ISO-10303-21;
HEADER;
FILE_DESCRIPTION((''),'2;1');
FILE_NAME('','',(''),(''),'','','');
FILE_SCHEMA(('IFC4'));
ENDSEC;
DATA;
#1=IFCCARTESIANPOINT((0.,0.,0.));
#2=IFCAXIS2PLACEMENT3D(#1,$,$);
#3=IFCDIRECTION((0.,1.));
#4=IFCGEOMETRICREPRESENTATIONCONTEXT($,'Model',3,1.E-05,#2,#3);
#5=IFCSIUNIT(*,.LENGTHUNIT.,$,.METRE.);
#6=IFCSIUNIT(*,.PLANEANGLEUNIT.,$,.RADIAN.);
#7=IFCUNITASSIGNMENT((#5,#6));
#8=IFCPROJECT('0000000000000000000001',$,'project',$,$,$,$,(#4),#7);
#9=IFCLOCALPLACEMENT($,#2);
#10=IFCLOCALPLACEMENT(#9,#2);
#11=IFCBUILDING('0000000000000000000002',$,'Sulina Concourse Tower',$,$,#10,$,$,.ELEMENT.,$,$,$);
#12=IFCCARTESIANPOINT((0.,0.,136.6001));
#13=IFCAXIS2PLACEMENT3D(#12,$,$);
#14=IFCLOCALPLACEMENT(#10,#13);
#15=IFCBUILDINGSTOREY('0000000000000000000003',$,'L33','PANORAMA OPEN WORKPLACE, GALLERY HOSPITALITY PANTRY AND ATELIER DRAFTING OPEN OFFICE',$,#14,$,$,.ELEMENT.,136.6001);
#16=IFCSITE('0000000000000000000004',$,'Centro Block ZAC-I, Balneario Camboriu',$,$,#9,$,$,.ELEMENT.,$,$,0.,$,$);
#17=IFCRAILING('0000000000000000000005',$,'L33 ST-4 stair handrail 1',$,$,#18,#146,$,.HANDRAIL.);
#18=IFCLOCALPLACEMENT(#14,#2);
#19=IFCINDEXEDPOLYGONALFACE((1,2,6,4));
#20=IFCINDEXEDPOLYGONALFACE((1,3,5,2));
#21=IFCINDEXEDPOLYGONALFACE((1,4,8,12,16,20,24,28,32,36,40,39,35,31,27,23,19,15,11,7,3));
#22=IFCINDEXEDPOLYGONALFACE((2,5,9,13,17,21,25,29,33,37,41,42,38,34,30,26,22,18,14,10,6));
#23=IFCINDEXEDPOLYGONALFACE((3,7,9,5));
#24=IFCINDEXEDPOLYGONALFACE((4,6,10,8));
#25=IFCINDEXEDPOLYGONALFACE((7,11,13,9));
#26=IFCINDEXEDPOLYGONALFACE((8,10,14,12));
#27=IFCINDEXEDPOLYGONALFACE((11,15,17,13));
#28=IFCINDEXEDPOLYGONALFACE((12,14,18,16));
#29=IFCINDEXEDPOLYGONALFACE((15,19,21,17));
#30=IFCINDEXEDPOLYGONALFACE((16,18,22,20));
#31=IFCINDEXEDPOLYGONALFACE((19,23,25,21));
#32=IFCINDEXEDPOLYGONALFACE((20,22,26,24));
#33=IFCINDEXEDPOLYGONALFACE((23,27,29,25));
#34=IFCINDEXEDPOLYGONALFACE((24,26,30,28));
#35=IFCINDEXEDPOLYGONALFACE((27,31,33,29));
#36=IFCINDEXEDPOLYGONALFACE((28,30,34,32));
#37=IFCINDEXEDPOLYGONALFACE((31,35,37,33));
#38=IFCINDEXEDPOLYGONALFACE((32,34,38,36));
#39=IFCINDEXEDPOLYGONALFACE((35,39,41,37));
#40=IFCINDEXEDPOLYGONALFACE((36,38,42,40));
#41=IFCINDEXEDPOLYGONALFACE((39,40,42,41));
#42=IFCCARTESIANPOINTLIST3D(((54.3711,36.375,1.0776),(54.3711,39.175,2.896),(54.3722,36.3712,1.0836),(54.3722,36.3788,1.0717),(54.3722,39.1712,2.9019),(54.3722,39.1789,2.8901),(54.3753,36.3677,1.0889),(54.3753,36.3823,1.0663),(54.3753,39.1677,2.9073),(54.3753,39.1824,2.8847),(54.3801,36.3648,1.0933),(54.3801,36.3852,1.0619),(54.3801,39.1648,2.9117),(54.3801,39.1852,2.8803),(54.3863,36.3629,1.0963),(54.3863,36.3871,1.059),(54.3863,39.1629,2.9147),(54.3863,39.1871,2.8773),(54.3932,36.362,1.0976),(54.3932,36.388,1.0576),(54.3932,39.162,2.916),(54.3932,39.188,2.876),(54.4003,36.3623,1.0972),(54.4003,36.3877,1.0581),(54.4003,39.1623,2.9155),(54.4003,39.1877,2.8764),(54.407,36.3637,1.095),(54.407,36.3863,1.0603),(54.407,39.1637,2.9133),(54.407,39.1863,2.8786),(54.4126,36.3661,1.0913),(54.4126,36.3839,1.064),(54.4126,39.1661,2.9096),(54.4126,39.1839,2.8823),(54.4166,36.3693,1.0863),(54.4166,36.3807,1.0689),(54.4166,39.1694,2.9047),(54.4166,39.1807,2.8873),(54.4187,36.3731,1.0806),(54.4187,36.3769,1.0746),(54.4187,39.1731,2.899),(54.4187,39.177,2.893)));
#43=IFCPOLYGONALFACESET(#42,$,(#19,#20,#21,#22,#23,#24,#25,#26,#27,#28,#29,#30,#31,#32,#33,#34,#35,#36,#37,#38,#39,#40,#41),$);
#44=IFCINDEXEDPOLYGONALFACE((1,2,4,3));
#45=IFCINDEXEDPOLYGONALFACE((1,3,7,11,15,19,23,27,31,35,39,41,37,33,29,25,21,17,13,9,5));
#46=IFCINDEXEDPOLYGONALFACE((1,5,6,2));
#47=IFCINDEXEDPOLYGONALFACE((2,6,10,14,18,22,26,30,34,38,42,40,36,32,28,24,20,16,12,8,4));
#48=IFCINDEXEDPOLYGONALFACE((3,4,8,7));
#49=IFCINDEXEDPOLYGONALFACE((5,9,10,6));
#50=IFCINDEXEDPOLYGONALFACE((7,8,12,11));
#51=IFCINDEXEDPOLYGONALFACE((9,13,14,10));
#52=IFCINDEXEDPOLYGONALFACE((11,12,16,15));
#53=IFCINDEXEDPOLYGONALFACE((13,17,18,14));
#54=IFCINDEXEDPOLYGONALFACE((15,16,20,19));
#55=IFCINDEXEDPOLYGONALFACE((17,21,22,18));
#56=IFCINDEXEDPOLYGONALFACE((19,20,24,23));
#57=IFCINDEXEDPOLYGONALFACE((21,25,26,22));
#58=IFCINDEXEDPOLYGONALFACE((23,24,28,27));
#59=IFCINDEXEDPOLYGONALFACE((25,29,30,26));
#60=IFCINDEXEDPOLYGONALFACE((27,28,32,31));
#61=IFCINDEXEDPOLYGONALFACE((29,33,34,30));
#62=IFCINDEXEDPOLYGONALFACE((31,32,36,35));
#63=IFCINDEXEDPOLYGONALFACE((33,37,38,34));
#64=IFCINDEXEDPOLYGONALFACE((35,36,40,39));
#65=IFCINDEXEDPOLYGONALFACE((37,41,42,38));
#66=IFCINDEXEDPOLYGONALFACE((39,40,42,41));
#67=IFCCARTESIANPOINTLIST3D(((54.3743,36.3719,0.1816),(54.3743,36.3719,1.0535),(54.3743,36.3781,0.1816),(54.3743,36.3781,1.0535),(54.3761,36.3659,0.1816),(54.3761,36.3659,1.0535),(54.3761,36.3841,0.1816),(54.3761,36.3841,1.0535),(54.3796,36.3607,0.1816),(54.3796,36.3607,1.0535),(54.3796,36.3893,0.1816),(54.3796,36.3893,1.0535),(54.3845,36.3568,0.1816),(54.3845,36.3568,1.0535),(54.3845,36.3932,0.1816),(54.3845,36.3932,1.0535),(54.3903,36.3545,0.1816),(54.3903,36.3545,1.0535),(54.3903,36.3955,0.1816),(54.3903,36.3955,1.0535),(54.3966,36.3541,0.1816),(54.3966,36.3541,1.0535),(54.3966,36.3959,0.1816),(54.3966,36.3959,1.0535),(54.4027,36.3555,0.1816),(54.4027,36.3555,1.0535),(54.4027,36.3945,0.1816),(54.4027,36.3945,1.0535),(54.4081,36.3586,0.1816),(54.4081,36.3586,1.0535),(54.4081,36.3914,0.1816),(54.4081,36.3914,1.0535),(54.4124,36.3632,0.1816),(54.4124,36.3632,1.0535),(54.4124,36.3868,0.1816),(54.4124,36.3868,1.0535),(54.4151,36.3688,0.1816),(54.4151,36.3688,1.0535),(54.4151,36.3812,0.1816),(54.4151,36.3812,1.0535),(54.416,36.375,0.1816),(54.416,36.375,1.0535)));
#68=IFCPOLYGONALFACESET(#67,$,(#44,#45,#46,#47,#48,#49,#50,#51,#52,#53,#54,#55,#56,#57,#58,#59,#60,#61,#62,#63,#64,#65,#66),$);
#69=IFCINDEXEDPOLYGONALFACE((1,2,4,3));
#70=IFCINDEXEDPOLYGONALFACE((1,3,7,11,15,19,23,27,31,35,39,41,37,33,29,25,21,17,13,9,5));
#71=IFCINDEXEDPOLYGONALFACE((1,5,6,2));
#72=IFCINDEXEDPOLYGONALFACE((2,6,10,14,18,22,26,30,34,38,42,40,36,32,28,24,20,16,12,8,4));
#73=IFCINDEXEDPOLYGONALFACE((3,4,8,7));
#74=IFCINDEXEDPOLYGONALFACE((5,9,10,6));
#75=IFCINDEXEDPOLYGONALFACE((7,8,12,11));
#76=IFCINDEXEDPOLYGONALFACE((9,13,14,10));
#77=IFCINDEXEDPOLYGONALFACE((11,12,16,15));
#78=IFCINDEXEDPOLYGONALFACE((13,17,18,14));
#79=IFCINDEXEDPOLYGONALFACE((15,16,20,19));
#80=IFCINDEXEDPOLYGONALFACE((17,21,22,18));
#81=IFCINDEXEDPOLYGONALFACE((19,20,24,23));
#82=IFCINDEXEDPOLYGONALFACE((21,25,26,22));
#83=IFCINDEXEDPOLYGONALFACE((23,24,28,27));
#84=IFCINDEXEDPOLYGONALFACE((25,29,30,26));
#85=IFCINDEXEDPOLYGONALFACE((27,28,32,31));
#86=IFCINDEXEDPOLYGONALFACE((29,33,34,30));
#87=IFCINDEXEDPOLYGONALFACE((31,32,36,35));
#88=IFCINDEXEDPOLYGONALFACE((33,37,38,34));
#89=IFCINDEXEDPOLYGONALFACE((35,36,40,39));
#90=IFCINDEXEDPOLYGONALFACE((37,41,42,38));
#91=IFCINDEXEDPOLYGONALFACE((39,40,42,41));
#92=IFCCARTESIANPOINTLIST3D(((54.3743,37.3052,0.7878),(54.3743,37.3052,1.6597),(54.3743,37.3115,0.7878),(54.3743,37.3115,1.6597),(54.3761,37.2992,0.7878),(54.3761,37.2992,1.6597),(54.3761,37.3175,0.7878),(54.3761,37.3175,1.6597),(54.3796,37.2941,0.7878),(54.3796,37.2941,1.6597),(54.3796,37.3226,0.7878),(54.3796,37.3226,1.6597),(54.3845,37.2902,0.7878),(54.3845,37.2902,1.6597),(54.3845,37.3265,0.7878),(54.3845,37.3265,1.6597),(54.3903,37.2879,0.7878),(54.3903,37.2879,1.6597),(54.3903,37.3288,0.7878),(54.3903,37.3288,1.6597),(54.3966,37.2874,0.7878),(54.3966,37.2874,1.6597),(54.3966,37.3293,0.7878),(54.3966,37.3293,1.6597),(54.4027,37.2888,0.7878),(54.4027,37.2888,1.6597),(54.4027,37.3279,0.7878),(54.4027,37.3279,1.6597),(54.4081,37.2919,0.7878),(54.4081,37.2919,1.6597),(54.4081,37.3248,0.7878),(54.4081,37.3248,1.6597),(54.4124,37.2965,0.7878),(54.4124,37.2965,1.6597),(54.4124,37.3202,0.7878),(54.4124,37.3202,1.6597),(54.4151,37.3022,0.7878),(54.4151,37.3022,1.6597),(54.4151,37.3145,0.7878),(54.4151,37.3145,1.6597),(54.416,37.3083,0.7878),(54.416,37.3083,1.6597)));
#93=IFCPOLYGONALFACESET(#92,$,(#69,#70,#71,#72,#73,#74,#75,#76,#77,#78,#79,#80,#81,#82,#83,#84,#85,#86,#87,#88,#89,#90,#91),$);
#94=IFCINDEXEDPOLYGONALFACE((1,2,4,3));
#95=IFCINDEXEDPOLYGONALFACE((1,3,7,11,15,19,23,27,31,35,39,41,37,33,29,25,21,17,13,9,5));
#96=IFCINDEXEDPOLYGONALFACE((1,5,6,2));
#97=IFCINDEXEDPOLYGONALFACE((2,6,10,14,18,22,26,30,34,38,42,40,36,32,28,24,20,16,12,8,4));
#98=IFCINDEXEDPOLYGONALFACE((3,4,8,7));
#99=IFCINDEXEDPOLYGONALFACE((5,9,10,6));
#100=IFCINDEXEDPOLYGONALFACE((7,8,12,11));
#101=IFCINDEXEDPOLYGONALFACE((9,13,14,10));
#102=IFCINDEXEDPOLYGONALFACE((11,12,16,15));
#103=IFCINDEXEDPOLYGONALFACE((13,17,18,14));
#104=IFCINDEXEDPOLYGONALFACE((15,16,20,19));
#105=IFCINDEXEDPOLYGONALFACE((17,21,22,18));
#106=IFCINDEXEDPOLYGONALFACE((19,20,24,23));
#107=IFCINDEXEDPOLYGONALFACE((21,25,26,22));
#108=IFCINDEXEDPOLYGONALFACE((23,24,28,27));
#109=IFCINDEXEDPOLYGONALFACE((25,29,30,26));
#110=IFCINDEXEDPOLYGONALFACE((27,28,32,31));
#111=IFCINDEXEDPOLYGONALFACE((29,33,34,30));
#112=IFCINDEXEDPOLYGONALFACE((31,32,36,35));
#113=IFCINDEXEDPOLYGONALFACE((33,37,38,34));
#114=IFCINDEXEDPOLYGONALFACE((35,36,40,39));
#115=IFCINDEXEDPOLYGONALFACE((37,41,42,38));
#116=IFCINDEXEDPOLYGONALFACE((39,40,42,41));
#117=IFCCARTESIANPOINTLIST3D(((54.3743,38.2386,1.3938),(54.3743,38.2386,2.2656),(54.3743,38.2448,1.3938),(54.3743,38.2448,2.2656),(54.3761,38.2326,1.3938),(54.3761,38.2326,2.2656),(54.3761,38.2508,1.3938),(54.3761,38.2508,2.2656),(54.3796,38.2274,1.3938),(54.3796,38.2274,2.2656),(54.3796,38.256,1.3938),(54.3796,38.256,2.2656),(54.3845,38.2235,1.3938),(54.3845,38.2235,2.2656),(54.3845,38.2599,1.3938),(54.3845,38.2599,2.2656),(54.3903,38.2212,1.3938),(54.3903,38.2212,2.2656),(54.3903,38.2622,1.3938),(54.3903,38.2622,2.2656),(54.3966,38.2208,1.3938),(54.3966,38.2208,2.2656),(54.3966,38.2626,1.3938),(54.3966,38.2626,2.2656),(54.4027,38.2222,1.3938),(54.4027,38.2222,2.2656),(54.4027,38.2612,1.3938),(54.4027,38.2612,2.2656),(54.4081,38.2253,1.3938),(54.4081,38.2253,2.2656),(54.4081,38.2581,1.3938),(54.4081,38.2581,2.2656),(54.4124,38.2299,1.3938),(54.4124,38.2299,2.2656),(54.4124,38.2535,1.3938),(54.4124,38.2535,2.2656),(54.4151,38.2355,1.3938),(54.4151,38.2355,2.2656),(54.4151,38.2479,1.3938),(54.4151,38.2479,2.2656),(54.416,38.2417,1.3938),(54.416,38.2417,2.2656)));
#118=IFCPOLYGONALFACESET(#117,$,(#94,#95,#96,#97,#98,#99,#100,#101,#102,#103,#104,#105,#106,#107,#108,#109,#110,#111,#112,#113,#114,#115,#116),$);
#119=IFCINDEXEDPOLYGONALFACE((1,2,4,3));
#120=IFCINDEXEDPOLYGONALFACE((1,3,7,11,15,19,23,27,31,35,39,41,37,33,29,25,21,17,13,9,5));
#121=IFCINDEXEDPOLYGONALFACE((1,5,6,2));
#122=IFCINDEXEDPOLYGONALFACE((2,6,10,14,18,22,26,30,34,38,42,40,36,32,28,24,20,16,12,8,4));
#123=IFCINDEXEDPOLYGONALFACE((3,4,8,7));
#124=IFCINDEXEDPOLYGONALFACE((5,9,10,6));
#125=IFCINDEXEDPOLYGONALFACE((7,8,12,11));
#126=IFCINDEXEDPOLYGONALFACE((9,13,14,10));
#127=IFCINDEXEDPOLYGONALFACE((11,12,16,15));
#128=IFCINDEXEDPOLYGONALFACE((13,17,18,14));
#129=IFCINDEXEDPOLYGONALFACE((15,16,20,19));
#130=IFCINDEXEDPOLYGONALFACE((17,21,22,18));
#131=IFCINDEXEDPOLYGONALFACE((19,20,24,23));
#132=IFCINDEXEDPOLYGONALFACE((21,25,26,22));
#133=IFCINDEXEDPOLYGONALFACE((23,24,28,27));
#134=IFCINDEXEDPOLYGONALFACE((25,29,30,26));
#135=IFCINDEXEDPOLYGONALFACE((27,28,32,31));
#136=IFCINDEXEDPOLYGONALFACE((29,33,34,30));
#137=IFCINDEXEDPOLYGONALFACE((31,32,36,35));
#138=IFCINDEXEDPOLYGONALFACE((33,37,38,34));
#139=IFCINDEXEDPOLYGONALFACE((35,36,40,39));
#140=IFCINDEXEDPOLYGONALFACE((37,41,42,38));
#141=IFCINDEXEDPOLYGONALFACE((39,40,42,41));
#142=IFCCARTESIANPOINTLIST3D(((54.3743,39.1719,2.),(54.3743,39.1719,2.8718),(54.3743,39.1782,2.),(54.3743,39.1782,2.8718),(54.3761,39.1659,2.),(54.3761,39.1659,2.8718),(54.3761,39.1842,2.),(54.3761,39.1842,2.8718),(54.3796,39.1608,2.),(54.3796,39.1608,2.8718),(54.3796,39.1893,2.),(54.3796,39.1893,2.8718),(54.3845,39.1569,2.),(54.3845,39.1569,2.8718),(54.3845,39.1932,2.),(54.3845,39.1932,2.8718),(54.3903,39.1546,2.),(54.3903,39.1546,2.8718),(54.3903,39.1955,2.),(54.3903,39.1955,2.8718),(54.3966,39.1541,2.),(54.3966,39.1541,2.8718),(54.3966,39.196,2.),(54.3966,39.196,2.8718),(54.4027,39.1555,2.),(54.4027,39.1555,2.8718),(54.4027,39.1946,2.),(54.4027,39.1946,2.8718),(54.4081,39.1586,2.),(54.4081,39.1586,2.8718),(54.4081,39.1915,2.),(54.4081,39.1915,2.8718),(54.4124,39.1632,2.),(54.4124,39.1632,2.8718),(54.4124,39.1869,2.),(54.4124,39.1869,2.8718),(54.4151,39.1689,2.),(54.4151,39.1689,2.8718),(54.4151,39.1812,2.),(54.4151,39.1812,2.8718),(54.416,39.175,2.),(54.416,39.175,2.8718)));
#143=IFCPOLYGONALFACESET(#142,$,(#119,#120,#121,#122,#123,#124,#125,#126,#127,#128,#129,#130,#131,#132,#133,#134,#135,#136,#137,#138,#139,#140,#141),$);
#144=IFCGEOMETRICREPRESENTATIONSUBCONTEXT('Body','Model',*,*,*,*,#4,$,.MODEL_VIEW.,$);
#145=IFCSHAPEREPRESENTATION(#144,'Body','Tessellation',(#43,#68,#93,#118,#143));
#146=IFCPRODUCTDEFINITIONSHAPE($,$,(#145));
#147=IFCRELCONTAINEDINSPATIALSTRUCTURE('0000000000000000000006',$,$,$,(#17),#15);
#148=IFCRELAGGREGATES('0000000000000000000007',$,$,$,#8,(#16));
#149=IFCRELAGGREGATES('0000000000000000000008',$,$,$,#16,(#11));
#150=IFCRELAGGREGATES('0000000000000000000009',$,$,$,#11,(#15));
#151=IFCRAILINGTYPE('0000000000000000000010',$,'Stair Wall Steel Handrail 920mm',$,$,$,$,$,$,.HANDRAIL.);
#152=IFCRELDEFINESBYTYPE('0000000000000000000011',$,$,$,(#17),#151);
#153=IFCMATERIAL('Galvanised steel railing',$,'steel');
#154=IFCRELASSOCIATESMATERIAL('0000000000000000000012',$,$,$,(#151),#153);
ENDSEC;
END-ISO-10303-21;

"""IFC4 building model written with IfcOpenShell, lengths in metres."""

from ifc_helpers import new_model, si_unit, direction, frame, origin, origin_2d, place, context, subcontext, project, spatial, circle, extrude, material, type_object, element, save


model = new_model("IFC4")

# Units and contexts
model_context = context("Model", 3, precision=1e-05, world=origin(), true_north=direction((0.0, 1.0)))
body_context = subcontext(model_context, "Body", "Model", "MODEL_VIEW")
ifc_project = project(units=[si_unit("LENGTHUNIT", "METRE"), si_unit("PLANEANGLEUNIT", "RADIAN")], contexts=[model_context])

# Site, building, storey
site_placement = place(None, origin())
site = spatial("IfcSite", under=ifc_project, at=site_placement, Name="Centro Block ZAC-I, Balneario Camboriu", CompositionType="ELEMENT", RefElevation=0.0)
building_placement = place(site_placement, origin())
building = spatial("IfcBuilding", under=site, at=building_placement, Name="Sulina Concourse Tower", CompositionType="ELEMENT")
storey_placement = place(building_placement, frame((0.0, 0.0, 136.6001)))
storey = spatial("IfcBuildingStorey", under=building, at=storey_placement, Name="L33", Description="PANORAMA OPEN WORKPLACE, GALLERY HOSPITALITY PANTRY AND ATELIER DRAFTING OPEN OFFICE", CompositionType="ELEMENT", Elevation=136.6001)

# Railing
ifc_material_1 = material(Name="Galvanised steel railing", Category="steel")
railing_type_1 = type_object("IfcRailingType", Name="Stair Wall Steel Handrail 920mm", PredefinedType="HANDRAIL", material=ifc_material_1)
for number, where, name in (
    (1, (54.395, 36.375, 0.1816), "L33 ST-4 stair handrail 1"),
):
    element("IfcRailing", number, at=place(storey_placement, frame(where)), inside=storey, type_object=railing_type_1, Name=name, PredefinedType="HANDRAIL", context=body_context, shape_type="SweptSolid", body=[
        extrude(circle(Radius=0.0239, at=origin_2d()), frame((0.0, 0.0, 0.896), z_axis=(0.0, 0.838672, 0.544636), x_axis=(-1.0, 0.0, 0.0)), (0.0, 0.0, 1.0), 3.3386),
        extrude(circle(Radius=0.021, at=origin_2d()), origin(), (0.0, 0.0, 1.0), 0.8718),
        extrude(circle(Radius=0.021, at=origin_2d()), frame((0.0, 0.9333, 0.6062)), (0.0, 0.0, 1.0), 0.8718),
        extrude(circle(Radius=0.021, at=origin_2d()), frame((0.0, 1.8667, 1.2122)), (0.0, 0.0, 1.0), 0.8718),
        extrude(circle(Radius=0.021, at=origin_2d()), frame((0.0, 2.8, 1.8184)), (0.0, 0.0, 1.0), 0.8718),
    ])

save(model, "model.ifc")
